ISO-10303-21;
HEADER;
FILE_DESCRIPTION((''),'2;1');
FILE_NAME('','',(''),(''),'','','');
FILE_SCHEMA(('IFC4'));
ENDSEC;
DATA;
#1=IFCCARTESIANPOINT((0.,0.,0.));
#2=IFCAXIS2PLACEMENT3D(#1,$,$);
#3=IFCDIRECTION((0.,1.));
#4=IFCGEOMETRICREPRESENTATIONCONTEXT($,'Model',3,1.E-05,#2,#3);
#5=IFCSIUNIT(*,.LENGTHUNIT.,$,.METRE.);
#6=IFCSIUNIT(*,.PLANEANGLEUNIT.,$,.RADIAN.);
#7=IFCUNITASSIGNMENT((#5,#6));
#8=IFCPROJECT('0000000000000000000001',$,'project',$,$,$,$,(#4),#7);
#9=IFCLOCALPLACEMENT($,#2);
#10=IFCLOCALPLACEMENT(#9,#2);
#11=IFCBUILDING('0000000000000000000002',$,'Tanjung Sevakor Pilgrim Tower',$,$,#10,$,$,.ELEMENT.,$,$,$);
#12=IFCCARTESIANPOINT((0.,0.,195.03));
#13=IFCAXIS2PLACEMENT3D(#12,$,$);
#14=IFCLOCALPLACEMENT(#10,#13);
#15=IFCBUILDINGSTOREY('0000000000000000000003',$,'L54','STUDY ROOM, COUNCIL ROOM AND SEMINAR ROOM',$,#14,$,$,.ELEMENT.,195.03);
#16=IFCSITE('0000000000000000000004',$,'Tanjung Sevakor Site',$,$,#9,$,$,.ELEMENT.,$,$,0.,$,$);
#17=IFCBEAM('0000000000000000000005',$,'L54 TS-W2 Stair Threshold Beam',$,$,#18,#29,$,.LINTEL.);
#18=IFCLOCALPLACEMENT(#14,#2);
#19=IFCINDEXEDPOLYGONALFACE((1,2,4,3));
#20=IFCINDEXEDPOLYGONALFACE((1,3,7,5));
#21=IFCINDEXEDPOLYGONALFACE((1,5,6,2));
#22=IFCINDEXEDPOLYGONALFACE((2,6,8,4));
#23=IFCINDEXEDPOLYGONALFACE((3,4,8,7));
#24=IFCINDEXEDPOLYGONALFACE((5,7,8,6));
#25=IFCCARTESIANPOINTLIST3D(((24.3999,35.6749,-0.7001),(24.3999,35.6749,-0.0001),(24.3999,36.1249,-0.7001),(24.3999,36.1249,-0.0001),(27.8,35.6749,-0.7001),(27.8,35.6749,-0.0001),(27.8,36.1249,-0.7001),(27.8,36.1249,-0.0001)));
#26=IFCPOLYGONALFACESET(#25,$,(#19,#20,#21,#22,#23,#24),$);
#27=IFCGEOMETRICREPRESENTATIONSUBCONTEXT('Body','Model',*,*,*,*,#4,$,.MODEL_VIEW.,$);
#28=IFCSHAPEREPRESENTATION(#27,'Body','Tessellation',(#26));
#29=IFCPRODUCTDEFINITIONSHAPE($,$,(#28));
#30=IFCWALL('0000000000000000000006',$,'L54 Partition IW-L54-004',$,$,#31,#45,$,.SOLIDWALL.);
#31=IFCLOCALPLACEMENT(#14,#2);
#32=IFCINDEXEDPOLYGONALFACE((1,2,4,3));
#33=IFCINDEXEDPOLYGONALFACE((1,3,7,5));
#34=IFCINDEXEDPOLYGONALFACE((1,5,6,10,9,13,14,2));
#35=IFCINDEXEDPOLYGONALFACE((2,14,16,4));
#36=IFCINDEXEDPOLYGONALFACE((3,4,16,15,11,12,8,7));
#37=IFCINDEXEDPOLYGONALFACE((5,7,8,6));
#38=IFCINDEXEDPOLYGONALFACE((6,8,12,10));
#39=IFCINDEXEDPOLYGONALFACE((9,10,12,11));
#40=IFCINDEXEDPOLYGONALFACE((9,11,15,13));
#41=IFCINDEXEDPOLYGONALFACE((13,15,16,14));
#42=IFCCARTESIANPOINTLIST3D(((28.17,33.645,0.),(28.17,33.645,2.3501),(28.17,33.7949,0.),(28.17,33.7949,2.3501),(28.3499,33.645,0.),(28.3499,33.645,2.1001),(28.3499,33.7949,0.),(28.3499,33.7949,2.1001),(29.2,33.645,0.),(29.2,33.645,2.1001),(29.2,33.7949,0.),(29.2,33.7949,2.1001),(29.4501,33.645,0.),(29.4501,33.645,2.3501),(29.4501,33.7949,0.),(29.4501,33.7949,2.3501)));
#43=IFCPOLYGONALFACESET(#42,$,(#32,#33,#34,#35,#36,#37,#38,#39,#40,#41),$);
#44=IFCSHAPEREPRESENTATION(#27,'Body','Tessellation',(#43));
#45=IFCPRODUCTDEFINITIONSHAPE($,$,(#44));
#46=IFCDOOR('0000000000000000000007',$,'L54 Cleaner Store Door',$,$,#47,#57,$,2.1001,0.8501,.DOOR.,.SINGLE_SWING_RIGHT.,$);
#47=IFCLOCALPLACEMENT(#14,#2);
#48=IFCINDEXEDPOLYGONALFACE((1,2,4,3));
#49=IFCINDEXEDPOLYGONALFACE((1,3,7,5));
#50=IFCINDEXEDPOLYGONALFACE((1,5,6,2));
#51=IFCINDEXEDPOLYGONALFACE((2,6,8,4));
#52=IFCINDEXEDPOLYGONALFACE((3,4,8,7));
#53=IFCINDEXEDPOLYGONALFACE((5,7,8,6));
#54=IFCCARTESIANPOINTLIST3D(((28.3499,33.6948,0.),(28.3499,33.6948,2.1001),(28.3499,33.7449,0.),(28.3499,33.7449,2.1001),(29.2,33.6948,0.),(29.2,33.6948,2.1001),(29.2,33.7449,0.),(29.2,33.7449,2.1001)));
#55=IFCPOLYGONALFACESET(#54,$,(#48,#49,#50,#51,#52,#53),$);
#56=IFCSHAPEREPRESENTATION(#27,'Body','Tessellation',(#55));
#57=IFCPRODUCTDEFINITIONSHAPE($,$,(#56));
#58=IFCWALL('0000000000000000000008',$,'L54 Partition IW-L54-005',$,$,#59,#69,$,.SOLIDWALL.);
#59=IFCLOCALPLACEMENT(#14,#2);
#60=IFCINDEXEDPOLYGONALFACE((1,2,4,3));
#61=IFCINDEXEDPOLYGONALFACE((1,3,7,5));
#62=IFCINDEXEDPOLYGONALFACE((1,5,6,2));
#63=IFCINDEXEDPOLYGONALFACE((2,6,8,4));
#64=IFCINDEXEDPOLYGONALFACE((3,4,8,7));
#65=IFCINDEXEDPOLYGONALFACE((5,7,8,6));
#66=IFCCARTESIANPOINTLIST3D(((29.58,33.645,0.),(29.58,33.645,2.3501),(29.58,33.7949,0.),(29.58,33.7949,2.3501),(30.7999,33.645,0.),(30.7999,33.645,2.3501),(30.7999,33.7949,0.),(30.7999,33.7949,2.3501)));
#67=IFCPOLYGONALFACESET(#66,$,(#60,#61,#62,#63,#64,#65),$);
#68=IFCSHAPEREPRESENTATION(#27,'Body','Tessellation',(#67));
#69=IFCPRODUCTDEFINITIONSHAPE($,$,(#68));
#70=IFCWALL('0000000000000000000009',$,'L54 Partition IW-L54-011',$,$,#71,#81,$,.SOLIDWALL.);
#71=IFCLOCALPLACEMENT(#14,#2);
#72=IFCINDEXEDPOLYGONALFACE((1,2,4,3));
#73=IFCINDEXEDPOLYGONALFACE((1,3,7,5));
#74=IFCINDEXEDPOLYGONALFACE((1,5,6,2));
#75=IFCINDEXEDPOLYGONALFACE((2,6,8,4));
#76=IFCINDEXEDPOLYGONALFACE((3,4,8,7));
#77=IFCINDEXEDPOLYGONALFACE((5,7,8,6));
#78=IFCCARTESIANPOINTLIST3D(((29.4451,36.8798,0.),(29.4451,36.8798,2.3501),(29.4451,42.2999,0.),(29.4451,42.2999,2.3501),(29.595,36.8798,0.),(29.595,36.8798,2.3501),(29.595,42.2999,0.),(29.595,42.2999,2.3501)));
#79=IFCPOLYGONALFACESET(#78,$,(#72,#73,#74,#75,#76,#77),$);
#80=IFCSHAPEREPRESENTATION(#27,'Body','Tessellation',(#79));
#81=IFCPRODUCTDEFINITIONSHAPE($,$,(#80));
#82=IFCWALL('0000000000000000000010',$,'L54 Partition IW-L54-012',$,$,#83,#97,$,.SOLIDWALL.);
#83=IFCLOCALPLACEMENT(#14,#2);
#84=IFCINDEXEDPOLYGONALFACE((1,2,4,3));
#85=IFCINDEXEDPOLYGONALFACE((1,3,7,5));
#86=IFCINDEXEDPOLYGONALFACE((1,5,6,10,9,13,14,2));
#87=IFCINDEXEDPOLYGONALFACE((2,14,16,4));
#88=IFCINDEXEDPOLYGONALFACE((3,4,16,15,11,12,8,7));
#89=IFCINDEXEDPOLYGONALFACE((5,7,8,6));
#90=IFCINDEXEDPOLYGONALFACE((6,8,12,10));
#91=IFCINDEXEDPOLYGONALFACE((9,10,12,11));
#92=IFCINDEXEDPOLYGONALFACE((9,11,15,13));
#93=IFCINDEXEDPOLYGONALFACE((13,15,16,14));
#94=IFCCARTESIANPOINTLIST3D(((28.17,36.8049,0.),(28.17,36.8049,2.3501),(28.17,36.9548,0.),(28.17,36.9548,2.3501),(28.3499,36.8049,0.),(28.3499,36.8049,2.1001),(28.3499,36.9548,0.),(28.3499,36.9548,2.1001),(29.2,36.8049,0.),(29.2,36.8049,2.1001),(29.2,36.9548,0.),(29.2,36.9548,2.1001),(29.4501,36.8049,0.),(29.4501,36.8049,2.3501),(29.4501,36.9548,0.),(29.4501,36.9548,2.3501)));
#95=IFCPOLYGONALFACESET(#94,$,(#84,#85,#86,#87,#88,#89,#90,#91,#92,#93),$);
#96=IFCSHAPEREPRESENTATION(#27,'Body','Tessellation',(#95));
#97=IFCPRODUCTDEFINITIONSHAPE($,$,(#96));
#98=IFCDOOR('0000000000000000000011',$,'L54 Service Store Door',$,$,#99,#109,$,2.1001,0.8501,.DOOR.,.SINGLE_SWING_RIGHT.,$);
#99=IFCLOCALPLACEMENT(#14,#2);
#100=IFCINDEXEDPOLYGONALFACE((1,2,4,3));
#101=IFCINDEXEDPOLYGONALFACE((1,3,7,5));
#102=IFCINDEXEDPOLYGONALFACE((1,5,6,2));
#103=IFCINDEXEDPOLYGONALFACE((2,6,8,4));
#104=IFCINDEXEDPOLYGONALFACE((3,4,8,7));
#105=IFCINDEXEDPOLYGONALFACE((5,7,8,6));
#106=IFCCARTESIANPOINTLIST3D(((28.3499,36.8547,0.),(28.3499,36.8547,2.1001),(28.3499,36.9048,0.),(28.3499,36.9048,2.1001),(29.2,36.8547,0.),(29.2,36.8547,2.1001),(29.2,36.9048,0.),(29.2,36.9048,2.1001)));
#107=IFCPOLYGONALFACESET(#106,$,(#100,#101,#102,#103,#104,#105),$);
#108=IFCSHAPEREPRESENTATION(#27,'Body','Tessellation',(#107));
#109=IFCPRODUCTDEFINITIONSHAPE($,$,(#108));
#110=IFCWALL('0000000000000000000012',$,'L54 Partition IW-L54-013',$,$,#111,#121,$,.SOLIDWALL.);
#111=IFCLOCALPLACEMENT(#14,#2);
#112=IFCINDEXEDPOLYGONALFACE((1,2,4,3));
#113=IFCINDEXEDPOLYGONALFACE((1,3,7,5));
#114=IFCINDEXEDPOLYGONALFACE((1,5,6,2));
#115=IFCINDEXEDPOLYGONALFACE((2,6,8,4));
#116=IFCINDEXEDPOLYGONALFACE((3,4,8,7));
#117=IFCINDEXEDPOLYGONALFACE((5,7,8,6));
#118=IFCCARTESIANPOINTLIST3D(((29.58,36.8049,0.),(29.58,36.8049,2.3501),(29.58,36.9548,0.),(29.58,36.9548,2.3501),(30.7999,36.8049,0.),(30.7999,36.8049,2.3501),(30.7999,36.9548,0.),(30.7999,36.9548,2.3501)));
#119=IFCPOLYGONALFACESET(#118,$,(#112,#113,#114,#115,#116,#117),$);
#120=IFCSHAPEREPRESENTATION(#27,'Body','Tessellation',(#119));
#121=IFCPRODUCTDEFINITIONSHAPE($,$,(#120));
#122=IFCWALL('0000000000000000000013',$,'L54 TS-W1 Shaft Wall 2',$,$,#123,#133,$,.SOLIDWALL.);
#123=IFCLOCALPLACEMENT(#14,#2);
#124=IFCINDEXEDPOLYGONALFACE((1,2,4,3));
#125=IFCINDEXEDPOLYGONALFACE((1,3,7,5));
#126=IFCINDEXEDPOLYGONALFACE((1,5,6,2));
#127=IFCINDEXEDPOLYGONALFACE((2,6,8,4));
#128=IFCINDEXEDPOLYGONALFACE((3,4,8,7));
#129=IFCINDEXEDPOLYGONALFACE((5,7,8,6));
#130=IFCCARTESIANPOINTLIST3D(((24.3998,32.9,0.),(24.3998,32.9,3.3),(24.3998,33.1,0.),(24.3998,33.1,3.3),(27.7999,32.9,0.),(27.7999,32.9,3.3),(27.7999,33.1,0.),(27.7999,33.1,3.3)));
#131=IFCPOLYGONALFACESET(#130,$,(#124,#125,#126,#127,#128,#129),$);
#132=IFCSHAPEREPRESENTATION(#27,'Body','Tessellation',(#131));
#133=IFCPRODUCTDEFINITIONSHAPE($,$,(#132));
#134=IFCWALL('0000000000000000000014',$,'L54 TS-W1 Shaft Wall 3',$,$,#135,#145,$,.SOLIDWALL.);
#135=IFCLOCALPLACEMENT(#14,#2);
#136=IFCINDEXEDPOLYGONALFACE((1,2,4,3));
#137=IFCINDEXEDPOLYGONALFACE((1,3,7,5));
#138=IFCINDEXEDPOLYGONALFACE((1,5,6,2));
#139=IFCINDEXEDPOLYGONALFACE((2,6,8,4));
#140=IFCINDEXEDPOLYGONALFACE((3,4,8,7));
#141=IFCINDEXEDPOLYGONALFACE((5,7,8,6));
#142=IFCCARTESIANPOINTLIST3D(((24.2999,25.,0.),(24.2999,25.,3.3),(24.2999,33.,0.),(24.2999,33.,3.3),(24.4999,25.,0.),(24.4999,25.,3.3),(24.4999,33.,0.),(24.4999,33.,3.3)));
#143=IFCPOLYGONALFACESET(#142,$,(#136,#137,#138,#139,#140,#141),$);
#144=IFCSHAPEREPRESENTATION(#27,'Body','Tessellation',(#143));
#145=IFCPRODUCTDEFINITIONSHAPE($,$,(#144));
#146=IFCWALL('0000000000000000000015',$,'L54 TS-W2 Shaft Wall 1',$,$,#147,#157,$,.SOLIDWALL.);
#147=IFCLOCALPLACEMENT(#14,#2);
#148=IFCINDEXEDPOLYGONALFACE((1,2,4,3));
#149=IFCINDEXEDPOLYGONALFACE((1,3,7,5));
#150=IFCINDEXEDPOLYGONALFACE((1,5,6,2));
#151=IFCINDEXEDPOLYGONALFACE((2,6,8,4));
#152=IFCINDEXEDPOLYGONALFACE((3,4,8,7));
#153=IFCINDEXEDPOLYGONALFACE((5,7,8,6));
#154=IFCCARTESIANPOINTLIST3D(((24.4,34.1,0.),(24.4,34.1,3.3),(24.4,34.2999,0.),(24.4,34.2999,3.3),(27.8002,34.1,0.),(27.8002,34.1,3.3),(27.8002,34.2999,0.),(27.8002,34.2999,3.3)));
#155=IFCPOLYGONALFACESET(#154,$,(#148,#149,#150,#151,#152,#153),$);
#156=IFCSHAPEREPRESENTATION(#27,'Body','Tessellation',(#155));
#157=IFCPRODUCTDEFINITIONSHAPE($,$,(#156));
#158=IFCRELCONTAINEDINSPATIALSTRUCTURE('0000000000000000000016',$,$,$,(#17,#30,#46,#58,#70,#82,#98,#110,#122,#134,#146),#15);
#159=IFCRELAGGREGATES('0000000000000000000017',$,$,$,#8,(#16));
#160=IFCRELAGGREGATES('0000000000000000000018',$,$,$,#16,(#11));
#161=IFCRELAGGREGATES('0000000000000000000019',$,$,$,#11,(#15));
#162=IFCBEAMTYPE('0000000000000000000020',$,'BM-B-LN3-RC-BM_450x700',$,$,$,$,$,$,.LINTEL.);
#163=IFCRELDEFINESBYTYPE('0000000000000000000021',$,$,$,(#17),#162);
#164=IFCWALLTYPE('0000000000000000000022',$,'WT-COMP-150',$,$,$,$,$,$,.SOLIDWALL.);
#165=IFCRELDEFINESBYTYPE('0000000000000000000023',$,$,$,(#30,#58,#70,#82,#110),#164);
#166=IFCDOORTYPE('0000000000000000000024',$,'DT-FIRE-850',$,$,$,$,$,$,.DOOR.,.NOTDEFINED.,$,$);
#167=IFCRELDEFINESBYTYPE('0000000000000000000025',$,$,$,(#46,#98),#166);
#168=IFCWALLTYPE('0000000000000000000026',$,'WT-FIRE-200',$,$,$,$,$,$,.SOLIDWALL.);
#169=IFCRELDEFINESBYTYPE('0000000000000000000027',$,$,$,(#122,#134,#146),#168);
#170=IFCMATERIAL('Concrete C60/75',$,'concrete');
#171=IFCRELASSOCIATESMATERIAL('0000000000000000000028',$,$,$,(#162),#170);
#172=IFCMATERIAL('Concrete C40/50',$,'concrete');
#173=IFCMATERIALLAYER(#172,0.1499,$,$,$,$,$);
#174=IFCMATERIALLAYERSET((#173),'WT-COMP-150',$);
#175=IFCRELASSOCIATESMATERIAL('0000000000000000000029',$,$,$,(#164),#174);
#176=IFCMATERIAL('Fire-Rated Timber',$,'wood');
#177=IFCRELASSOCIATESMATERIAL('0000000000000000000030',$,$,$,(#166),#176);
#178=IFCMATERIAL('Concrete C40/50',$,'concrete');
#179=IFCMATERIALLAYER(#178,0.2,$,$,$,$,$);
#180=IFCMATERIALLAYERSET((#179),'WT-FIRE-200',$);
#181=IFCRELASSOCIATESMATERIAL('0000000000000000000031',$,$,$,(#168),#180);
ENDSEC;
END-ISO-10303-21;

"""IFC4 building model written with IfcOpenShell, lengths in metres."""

from ifc_helpers import new_model, si_unit, direction, frame, frame_2d, origin, origin_2d, place, context, subcontext, project, spatial, rectangle, extrude, material, layer, layer_set, material_profile, profile_set, type_object, element, fill, save


model = new_model("IFC4")

# Units and contexts
model_context = context("Model", 3, precision=1e-05, world=origin(), true_north=direction((0.0, 1.0)))
body_context = subcontext(model_context, "Body", "Model", "MODEL_VIEW")
ifc_project = project(units=[si_unit("LENGTHUNIT", "METRE"), si_unit("PLANEANGLEUNIT", "RADIAN")], contexts=[model_context])

# Site, building, storey
site_placement = place(None, origin())
site = spatial("IfcSite", under=ifc_project, at=site_placement, Name="Tanjung Sevakor Site", CompositionType="ELEMENT", RefElevation=0.0)
building_placement = place(site_placement, origin())
building = spatial("IfcBuilding", under=site, at=building_placement, Name="Tanjung Sevakor Pilgrim Tower", CompositionType="ELEMENT")
storey_placement = place(building_placement, frame((0.0, 0.0, 195.03)))
storey = spatial("IfcBuildingStorey", under=building, at=storey_placement, Name="L54", Description="STUDY ROOM, COUNCIL ROOM AND SEMINAR ROOM", CompositionType="ELEMENT", Elevation=195.03)

# Beam
ifc_material_1 = material(Name="Concrete C60/75", Category="concrete")
ifc_material_profile = material_profile(ifc_material_1, rectangle(XDim=0.45, YDim=0.7, at=origin_2d()))
ifc_profile_set = profile_set([ifc_material_profile], Name="Concrete C60/75")
beam_type = type_object("IfcBeamType", Name="BM-B-LN3-RC-BM_450x700", PredefinedType="LINTEL", material=ifc_profile_set)
beam_placement = place(storey_placement, frame((24.3999, 35.8999, -0.3501), z_axis=(1.0, 0.0, 0.0), x_axis=(0.0, 1.0, 0.0)))
element("IfcBeam", 1, at=beam_placement, inside=storey, type_object=beam_type, Name="L54 TS-W2 Stair Threshold Beam", PredefinedType="LINTEL", context=body_context, shape_type="SweptSolid", body=[
    extrude(rectangle(XDim=0.45, YDim=0.7, at=origin_2d()), origin(), (0.0, 0.0, 1.0), 3.4001),
])

# Wall, opening, door
ifc_material_2 = material(Name="Concrete C40/50", Category="concrete")
ifc_layer_1 = layer(ifc_material_2, 0.1499)
ifc_layer_set_1 = layer_set([ifc_layer_1], Name="WT-COMP-150")
wall_type_1 = type_object("IfcWallType", Name="WT-COMP-150", PredefinedType="SOLIDWALL", material=ifc_layer_set_1)
wall_1_placement = place(storey_placement, frame((28.1699, 33.72, 0.0), z_axis=(0.0, 0.0, 1.0), x_axis=(1.0, 0.0, 0.0)))
wall_1 = element("IfcWall", 2, at=wall_1_placement, inside=storey, type_object=wall_type_1, Name="L54 Partition IW-L54-004", PredefinedType="SOLIDWALL", context=body_context, shape_type="SweptSolid", body=[
    extrude(rectangle(XDim=1.28, YDim=0.1499, at=frame_2d((0.6401, 0.0))), origin(), (0.0, 0.0, 1.0), 2.3501),
])
opening_1_placement = place(wall_1_placement, frame((0.1799, 0.0, 0.0)))
opening_1 = element("IfcOpeningElement", 3, at=opening_1_placement, cuts=wall_1, PredefinedType="OPENING", context=body_context, shape_type="SweptSolid", body=[
    extrude(rectangle(XDim=0.8501, YDim=2.1001, at=frame_2d((0.425, 1.05))), frame((0.0, 0.085, 0.0), z_axis=(0.0, -1.0, 0.0), x_axis=(1.0, 0.0, 0.0)), (0.0, 0.0, 1.0), 0.1699),
])
ifc_material_3 = material(Name="Fire-Rated Timber", Category="wood")
door_type_1 = type_object("IfcDoorType", Name="DT-FIRE-850", OperationType="NOTDEFINED", PredefinedType="DOOR", material=ifc_material_3)
door_1_placement = place(opening_1_placement, origin())
door_1 = element("IfcDoor", 4, at=door_1_placement, inside=storey, type_object=door_type_1, Name="L54 Cleaner Store Door", OperationType="SINGLE_SWING_RIGHT", OverallHeight=2.1001, OverallWidth=0.8501, PredefinedType="DOOR", context=body_context, shape_type="SweptSolid", body=[
    extrude(rectangle(XDim=0.8501, YDim=2.1001, at=frame_2d((0.425, 1.05))), frame((0.0, 0.0249, 0.0), z_axis=(0.0, -1.0, 0.0), x_axis=(1.0, 0.0, 0.0)), (0.0, 0.0, 1.0), 0.05),
])
fill(opening_1, door_1)

# Walls
wall_2_placement = place(storey_placement, frame((29.5801, 33.72, 0.0), z_axis=(0.0, 0.0, 1.0), x_axis=(1.0, 0.0, 0.0)))
element("IfcWall", 5, at=wall_2_placement, inside=storey, type_object=wall_type_1, Name="L54 Partition IW-L54-005", PredefinedType="SOLIDWALL", context=body_context, shape_type="SweptSolid", body=[
    extrude(rectangle(XDim=1.22, YDim=0.1499, at=frame_2d((0.6099, 0.0))), origin(), (0.0, 0.0, 1.0), 2.3501),
])
wall_3_placement = place(storey_placement, frame((29.52, 36.8799, 0.0), z_axis=(0.0, 0.0, 1.0), x_axis=(0.0, 1.0, 0.0)))
element("IfcWall", 6, at=wall_3_placement, inside=storey, type_object=wall_type_1, Name="L54 Partition IW-L54-011", PredefinedType="SOLIDWALL", context=body_context, shape_type="SweptSolid", body=[
    extrude(rectangle(XDim=5.4202, YDim=0.1499, at=frame_2d((2.71, 0.0))), origin(), (0.0, 0.0, 1.0), 2.3501),
])

# Wall, opening, door
wall_4_placement = place(storey_placement, frame((28.1699, 36.8799, 0.0), z_axis=(0.0, 0.0, 1.0), x_axis=(1.0, 0.0, 0.0)))
wall_4 = element("IfcWall", 7, at=wall_4_placement, inside=storey, type_object=wall_type_1, Name="L54 Partition IW-L54-012", PredefinedType="SOLIDWALL", context=body_context, shape_type="SweptSolid", body=[
    extrude(rectangle(XDim=1.28, YDim=0.1499, at=frame_2d((0.6401, 0.0))), origin(), (0.0, 0.0, 1.0), 2.3501),
])
opening_2_placement = place(wall_4_placement, frame((0.1799, 0.0, 0.0)))
opening_2 = element("IfcOpeningElement", 8, at=opening_2_placement, cuts=wall_4, PredefinedType="OPENING", context=body_context, shape_type="SweptSolid", body=[
    extrude(rectangle(XDim=0.8501, YDim=2.1001, at=frame_2d((0.425, 1.05))), frame((0.0, 0.085, 0.0), z_axis=(0.0, -1.0, 0.0), x_axis=(1.0, 0.0, 0.0)), (0.0, 0.0, 1.0), 0.1699),
])
door_2_placement = place(opening_2_placement, origin())
door_2 = element("IfcDoor", 9, at=door_2_placement, inside=storey, type_object=door_type_1, Name="L54 Service Store Door", OperationType="SINGLE_SWING_RIGHT", OverallHeight=2.1001, OverallWidth=0.8501, PredefinedType="DOOR", context=body_context, shape_type="SweptSolid", body=[
    extrude(rectangle(XDim=0.8501, YDim=2.1001, at=frame_2d((0.425, 1.05))), frame((0.0, 0.0249, 0.0), z_axis=(0.0, -1.0, 0.0), x_axis=(1.0, 0.0, 0.0)), (0.0, 0.0, 1.0), 0.05),
])
fill(opening_2, door_2)

# Wall
wall_5_placement = place(storey_placement, frame((29.5801, 36.8799, 0.0), z_axis=(0.0, 0.0, 1.0), x_axis=(1.0, 0.0, 0.0)))
element("IfcWall", 10, at=wall_5_placement, inside=storey, type_object=wall_type_1, Name="L54 Partition IW-L54-013", PredefinedType="SOLIDWALL", context=body_context, shape_type="SweptSolid", body=[
    extrude(rectangle(XDim=1.22, YDim=0.1499, at=frame_2d((0.6099, 0.0))), origin(), (0.0, 0.0, 1.0), 2.3501),
])

# Walls
ifc_material_4 = material(Name="Concrete C40/50", Category="concrete")
ifc_layer_2 = layer(ifc_material_4, 0.2)
ifc_layer_set_2 = layer_set([ifc_layer_2], Name="WT-FIRE-200")
wall_type_2 = type_object("IfcWallType", Name="WT-FIRE-200", PredefinedType="SOLIDWALL", material=ifc_layer_set_2)
wall_6_placement = place(storey_placement, frame((27.8, 33.0, 0.0), z_axis=(0.0, 0.0, 1.0), x_axis=(-1.0, 0.0, 0.0)))
element("IfcWall", 11, at=wall_6_placement, inside=storey, type_object=wall_type_2, Name="L54 TS-W1 Shaft Wall 2", PredefinedType="SOLIDWALL", context=body_context, shape_type="SweptSolid", body=[
    extrude(rectangle(XDim=3.4001, YDim=0.2, at=frame_2d((1.7002, 0.0))), origin(), (0.0, 0.0, 1.0), 3.3),
])
wall_7_placement = place(storey_placement, frame((24.3999, 33.0, 0.0), z_axis=(0.0, 0.0, 1.0), x_axis=(0.0, -1.0, 0.0)))
element("IfcWall", 12, at=wall_7_placement, inside=storey, type_object=wall_type_2, Name="L54 TS-W1 Shaft Wall 3", PredefinedType="SOLIDWALL", context=body_context, shape_type="SweptSolid", body=[
    extrude(rectangle(XDim=8.0, YDim=0.2, at=frame_2d((4.0, 0.0))), origin(), (0.0, 0.0, 1.0), 3.3),
])
wall_8_placement = place(storey_placement, frame((24.3999, 34.2, 0.0), z_axis=(0.0, 0.0, 1.0), x_axis=(1.0, 0.0, 0.0)))
element("IfcWall", 13, at=wall_8_placement, inside=storey, type_object=wall_type_2, Name="L54 TS-W2 Shaft Wall 1", PredefinedType="SOLIDWALL", context=body_context, shape_type="SweptSolid", body=[
    extrude(rectangle(XDim=3.4001, YDim=0.2, at=frame_2d((1.7002, 0.0))), origin(), (0.0, 0.0, 1.0), 3.3),
])

save(model, "model.ifc")
